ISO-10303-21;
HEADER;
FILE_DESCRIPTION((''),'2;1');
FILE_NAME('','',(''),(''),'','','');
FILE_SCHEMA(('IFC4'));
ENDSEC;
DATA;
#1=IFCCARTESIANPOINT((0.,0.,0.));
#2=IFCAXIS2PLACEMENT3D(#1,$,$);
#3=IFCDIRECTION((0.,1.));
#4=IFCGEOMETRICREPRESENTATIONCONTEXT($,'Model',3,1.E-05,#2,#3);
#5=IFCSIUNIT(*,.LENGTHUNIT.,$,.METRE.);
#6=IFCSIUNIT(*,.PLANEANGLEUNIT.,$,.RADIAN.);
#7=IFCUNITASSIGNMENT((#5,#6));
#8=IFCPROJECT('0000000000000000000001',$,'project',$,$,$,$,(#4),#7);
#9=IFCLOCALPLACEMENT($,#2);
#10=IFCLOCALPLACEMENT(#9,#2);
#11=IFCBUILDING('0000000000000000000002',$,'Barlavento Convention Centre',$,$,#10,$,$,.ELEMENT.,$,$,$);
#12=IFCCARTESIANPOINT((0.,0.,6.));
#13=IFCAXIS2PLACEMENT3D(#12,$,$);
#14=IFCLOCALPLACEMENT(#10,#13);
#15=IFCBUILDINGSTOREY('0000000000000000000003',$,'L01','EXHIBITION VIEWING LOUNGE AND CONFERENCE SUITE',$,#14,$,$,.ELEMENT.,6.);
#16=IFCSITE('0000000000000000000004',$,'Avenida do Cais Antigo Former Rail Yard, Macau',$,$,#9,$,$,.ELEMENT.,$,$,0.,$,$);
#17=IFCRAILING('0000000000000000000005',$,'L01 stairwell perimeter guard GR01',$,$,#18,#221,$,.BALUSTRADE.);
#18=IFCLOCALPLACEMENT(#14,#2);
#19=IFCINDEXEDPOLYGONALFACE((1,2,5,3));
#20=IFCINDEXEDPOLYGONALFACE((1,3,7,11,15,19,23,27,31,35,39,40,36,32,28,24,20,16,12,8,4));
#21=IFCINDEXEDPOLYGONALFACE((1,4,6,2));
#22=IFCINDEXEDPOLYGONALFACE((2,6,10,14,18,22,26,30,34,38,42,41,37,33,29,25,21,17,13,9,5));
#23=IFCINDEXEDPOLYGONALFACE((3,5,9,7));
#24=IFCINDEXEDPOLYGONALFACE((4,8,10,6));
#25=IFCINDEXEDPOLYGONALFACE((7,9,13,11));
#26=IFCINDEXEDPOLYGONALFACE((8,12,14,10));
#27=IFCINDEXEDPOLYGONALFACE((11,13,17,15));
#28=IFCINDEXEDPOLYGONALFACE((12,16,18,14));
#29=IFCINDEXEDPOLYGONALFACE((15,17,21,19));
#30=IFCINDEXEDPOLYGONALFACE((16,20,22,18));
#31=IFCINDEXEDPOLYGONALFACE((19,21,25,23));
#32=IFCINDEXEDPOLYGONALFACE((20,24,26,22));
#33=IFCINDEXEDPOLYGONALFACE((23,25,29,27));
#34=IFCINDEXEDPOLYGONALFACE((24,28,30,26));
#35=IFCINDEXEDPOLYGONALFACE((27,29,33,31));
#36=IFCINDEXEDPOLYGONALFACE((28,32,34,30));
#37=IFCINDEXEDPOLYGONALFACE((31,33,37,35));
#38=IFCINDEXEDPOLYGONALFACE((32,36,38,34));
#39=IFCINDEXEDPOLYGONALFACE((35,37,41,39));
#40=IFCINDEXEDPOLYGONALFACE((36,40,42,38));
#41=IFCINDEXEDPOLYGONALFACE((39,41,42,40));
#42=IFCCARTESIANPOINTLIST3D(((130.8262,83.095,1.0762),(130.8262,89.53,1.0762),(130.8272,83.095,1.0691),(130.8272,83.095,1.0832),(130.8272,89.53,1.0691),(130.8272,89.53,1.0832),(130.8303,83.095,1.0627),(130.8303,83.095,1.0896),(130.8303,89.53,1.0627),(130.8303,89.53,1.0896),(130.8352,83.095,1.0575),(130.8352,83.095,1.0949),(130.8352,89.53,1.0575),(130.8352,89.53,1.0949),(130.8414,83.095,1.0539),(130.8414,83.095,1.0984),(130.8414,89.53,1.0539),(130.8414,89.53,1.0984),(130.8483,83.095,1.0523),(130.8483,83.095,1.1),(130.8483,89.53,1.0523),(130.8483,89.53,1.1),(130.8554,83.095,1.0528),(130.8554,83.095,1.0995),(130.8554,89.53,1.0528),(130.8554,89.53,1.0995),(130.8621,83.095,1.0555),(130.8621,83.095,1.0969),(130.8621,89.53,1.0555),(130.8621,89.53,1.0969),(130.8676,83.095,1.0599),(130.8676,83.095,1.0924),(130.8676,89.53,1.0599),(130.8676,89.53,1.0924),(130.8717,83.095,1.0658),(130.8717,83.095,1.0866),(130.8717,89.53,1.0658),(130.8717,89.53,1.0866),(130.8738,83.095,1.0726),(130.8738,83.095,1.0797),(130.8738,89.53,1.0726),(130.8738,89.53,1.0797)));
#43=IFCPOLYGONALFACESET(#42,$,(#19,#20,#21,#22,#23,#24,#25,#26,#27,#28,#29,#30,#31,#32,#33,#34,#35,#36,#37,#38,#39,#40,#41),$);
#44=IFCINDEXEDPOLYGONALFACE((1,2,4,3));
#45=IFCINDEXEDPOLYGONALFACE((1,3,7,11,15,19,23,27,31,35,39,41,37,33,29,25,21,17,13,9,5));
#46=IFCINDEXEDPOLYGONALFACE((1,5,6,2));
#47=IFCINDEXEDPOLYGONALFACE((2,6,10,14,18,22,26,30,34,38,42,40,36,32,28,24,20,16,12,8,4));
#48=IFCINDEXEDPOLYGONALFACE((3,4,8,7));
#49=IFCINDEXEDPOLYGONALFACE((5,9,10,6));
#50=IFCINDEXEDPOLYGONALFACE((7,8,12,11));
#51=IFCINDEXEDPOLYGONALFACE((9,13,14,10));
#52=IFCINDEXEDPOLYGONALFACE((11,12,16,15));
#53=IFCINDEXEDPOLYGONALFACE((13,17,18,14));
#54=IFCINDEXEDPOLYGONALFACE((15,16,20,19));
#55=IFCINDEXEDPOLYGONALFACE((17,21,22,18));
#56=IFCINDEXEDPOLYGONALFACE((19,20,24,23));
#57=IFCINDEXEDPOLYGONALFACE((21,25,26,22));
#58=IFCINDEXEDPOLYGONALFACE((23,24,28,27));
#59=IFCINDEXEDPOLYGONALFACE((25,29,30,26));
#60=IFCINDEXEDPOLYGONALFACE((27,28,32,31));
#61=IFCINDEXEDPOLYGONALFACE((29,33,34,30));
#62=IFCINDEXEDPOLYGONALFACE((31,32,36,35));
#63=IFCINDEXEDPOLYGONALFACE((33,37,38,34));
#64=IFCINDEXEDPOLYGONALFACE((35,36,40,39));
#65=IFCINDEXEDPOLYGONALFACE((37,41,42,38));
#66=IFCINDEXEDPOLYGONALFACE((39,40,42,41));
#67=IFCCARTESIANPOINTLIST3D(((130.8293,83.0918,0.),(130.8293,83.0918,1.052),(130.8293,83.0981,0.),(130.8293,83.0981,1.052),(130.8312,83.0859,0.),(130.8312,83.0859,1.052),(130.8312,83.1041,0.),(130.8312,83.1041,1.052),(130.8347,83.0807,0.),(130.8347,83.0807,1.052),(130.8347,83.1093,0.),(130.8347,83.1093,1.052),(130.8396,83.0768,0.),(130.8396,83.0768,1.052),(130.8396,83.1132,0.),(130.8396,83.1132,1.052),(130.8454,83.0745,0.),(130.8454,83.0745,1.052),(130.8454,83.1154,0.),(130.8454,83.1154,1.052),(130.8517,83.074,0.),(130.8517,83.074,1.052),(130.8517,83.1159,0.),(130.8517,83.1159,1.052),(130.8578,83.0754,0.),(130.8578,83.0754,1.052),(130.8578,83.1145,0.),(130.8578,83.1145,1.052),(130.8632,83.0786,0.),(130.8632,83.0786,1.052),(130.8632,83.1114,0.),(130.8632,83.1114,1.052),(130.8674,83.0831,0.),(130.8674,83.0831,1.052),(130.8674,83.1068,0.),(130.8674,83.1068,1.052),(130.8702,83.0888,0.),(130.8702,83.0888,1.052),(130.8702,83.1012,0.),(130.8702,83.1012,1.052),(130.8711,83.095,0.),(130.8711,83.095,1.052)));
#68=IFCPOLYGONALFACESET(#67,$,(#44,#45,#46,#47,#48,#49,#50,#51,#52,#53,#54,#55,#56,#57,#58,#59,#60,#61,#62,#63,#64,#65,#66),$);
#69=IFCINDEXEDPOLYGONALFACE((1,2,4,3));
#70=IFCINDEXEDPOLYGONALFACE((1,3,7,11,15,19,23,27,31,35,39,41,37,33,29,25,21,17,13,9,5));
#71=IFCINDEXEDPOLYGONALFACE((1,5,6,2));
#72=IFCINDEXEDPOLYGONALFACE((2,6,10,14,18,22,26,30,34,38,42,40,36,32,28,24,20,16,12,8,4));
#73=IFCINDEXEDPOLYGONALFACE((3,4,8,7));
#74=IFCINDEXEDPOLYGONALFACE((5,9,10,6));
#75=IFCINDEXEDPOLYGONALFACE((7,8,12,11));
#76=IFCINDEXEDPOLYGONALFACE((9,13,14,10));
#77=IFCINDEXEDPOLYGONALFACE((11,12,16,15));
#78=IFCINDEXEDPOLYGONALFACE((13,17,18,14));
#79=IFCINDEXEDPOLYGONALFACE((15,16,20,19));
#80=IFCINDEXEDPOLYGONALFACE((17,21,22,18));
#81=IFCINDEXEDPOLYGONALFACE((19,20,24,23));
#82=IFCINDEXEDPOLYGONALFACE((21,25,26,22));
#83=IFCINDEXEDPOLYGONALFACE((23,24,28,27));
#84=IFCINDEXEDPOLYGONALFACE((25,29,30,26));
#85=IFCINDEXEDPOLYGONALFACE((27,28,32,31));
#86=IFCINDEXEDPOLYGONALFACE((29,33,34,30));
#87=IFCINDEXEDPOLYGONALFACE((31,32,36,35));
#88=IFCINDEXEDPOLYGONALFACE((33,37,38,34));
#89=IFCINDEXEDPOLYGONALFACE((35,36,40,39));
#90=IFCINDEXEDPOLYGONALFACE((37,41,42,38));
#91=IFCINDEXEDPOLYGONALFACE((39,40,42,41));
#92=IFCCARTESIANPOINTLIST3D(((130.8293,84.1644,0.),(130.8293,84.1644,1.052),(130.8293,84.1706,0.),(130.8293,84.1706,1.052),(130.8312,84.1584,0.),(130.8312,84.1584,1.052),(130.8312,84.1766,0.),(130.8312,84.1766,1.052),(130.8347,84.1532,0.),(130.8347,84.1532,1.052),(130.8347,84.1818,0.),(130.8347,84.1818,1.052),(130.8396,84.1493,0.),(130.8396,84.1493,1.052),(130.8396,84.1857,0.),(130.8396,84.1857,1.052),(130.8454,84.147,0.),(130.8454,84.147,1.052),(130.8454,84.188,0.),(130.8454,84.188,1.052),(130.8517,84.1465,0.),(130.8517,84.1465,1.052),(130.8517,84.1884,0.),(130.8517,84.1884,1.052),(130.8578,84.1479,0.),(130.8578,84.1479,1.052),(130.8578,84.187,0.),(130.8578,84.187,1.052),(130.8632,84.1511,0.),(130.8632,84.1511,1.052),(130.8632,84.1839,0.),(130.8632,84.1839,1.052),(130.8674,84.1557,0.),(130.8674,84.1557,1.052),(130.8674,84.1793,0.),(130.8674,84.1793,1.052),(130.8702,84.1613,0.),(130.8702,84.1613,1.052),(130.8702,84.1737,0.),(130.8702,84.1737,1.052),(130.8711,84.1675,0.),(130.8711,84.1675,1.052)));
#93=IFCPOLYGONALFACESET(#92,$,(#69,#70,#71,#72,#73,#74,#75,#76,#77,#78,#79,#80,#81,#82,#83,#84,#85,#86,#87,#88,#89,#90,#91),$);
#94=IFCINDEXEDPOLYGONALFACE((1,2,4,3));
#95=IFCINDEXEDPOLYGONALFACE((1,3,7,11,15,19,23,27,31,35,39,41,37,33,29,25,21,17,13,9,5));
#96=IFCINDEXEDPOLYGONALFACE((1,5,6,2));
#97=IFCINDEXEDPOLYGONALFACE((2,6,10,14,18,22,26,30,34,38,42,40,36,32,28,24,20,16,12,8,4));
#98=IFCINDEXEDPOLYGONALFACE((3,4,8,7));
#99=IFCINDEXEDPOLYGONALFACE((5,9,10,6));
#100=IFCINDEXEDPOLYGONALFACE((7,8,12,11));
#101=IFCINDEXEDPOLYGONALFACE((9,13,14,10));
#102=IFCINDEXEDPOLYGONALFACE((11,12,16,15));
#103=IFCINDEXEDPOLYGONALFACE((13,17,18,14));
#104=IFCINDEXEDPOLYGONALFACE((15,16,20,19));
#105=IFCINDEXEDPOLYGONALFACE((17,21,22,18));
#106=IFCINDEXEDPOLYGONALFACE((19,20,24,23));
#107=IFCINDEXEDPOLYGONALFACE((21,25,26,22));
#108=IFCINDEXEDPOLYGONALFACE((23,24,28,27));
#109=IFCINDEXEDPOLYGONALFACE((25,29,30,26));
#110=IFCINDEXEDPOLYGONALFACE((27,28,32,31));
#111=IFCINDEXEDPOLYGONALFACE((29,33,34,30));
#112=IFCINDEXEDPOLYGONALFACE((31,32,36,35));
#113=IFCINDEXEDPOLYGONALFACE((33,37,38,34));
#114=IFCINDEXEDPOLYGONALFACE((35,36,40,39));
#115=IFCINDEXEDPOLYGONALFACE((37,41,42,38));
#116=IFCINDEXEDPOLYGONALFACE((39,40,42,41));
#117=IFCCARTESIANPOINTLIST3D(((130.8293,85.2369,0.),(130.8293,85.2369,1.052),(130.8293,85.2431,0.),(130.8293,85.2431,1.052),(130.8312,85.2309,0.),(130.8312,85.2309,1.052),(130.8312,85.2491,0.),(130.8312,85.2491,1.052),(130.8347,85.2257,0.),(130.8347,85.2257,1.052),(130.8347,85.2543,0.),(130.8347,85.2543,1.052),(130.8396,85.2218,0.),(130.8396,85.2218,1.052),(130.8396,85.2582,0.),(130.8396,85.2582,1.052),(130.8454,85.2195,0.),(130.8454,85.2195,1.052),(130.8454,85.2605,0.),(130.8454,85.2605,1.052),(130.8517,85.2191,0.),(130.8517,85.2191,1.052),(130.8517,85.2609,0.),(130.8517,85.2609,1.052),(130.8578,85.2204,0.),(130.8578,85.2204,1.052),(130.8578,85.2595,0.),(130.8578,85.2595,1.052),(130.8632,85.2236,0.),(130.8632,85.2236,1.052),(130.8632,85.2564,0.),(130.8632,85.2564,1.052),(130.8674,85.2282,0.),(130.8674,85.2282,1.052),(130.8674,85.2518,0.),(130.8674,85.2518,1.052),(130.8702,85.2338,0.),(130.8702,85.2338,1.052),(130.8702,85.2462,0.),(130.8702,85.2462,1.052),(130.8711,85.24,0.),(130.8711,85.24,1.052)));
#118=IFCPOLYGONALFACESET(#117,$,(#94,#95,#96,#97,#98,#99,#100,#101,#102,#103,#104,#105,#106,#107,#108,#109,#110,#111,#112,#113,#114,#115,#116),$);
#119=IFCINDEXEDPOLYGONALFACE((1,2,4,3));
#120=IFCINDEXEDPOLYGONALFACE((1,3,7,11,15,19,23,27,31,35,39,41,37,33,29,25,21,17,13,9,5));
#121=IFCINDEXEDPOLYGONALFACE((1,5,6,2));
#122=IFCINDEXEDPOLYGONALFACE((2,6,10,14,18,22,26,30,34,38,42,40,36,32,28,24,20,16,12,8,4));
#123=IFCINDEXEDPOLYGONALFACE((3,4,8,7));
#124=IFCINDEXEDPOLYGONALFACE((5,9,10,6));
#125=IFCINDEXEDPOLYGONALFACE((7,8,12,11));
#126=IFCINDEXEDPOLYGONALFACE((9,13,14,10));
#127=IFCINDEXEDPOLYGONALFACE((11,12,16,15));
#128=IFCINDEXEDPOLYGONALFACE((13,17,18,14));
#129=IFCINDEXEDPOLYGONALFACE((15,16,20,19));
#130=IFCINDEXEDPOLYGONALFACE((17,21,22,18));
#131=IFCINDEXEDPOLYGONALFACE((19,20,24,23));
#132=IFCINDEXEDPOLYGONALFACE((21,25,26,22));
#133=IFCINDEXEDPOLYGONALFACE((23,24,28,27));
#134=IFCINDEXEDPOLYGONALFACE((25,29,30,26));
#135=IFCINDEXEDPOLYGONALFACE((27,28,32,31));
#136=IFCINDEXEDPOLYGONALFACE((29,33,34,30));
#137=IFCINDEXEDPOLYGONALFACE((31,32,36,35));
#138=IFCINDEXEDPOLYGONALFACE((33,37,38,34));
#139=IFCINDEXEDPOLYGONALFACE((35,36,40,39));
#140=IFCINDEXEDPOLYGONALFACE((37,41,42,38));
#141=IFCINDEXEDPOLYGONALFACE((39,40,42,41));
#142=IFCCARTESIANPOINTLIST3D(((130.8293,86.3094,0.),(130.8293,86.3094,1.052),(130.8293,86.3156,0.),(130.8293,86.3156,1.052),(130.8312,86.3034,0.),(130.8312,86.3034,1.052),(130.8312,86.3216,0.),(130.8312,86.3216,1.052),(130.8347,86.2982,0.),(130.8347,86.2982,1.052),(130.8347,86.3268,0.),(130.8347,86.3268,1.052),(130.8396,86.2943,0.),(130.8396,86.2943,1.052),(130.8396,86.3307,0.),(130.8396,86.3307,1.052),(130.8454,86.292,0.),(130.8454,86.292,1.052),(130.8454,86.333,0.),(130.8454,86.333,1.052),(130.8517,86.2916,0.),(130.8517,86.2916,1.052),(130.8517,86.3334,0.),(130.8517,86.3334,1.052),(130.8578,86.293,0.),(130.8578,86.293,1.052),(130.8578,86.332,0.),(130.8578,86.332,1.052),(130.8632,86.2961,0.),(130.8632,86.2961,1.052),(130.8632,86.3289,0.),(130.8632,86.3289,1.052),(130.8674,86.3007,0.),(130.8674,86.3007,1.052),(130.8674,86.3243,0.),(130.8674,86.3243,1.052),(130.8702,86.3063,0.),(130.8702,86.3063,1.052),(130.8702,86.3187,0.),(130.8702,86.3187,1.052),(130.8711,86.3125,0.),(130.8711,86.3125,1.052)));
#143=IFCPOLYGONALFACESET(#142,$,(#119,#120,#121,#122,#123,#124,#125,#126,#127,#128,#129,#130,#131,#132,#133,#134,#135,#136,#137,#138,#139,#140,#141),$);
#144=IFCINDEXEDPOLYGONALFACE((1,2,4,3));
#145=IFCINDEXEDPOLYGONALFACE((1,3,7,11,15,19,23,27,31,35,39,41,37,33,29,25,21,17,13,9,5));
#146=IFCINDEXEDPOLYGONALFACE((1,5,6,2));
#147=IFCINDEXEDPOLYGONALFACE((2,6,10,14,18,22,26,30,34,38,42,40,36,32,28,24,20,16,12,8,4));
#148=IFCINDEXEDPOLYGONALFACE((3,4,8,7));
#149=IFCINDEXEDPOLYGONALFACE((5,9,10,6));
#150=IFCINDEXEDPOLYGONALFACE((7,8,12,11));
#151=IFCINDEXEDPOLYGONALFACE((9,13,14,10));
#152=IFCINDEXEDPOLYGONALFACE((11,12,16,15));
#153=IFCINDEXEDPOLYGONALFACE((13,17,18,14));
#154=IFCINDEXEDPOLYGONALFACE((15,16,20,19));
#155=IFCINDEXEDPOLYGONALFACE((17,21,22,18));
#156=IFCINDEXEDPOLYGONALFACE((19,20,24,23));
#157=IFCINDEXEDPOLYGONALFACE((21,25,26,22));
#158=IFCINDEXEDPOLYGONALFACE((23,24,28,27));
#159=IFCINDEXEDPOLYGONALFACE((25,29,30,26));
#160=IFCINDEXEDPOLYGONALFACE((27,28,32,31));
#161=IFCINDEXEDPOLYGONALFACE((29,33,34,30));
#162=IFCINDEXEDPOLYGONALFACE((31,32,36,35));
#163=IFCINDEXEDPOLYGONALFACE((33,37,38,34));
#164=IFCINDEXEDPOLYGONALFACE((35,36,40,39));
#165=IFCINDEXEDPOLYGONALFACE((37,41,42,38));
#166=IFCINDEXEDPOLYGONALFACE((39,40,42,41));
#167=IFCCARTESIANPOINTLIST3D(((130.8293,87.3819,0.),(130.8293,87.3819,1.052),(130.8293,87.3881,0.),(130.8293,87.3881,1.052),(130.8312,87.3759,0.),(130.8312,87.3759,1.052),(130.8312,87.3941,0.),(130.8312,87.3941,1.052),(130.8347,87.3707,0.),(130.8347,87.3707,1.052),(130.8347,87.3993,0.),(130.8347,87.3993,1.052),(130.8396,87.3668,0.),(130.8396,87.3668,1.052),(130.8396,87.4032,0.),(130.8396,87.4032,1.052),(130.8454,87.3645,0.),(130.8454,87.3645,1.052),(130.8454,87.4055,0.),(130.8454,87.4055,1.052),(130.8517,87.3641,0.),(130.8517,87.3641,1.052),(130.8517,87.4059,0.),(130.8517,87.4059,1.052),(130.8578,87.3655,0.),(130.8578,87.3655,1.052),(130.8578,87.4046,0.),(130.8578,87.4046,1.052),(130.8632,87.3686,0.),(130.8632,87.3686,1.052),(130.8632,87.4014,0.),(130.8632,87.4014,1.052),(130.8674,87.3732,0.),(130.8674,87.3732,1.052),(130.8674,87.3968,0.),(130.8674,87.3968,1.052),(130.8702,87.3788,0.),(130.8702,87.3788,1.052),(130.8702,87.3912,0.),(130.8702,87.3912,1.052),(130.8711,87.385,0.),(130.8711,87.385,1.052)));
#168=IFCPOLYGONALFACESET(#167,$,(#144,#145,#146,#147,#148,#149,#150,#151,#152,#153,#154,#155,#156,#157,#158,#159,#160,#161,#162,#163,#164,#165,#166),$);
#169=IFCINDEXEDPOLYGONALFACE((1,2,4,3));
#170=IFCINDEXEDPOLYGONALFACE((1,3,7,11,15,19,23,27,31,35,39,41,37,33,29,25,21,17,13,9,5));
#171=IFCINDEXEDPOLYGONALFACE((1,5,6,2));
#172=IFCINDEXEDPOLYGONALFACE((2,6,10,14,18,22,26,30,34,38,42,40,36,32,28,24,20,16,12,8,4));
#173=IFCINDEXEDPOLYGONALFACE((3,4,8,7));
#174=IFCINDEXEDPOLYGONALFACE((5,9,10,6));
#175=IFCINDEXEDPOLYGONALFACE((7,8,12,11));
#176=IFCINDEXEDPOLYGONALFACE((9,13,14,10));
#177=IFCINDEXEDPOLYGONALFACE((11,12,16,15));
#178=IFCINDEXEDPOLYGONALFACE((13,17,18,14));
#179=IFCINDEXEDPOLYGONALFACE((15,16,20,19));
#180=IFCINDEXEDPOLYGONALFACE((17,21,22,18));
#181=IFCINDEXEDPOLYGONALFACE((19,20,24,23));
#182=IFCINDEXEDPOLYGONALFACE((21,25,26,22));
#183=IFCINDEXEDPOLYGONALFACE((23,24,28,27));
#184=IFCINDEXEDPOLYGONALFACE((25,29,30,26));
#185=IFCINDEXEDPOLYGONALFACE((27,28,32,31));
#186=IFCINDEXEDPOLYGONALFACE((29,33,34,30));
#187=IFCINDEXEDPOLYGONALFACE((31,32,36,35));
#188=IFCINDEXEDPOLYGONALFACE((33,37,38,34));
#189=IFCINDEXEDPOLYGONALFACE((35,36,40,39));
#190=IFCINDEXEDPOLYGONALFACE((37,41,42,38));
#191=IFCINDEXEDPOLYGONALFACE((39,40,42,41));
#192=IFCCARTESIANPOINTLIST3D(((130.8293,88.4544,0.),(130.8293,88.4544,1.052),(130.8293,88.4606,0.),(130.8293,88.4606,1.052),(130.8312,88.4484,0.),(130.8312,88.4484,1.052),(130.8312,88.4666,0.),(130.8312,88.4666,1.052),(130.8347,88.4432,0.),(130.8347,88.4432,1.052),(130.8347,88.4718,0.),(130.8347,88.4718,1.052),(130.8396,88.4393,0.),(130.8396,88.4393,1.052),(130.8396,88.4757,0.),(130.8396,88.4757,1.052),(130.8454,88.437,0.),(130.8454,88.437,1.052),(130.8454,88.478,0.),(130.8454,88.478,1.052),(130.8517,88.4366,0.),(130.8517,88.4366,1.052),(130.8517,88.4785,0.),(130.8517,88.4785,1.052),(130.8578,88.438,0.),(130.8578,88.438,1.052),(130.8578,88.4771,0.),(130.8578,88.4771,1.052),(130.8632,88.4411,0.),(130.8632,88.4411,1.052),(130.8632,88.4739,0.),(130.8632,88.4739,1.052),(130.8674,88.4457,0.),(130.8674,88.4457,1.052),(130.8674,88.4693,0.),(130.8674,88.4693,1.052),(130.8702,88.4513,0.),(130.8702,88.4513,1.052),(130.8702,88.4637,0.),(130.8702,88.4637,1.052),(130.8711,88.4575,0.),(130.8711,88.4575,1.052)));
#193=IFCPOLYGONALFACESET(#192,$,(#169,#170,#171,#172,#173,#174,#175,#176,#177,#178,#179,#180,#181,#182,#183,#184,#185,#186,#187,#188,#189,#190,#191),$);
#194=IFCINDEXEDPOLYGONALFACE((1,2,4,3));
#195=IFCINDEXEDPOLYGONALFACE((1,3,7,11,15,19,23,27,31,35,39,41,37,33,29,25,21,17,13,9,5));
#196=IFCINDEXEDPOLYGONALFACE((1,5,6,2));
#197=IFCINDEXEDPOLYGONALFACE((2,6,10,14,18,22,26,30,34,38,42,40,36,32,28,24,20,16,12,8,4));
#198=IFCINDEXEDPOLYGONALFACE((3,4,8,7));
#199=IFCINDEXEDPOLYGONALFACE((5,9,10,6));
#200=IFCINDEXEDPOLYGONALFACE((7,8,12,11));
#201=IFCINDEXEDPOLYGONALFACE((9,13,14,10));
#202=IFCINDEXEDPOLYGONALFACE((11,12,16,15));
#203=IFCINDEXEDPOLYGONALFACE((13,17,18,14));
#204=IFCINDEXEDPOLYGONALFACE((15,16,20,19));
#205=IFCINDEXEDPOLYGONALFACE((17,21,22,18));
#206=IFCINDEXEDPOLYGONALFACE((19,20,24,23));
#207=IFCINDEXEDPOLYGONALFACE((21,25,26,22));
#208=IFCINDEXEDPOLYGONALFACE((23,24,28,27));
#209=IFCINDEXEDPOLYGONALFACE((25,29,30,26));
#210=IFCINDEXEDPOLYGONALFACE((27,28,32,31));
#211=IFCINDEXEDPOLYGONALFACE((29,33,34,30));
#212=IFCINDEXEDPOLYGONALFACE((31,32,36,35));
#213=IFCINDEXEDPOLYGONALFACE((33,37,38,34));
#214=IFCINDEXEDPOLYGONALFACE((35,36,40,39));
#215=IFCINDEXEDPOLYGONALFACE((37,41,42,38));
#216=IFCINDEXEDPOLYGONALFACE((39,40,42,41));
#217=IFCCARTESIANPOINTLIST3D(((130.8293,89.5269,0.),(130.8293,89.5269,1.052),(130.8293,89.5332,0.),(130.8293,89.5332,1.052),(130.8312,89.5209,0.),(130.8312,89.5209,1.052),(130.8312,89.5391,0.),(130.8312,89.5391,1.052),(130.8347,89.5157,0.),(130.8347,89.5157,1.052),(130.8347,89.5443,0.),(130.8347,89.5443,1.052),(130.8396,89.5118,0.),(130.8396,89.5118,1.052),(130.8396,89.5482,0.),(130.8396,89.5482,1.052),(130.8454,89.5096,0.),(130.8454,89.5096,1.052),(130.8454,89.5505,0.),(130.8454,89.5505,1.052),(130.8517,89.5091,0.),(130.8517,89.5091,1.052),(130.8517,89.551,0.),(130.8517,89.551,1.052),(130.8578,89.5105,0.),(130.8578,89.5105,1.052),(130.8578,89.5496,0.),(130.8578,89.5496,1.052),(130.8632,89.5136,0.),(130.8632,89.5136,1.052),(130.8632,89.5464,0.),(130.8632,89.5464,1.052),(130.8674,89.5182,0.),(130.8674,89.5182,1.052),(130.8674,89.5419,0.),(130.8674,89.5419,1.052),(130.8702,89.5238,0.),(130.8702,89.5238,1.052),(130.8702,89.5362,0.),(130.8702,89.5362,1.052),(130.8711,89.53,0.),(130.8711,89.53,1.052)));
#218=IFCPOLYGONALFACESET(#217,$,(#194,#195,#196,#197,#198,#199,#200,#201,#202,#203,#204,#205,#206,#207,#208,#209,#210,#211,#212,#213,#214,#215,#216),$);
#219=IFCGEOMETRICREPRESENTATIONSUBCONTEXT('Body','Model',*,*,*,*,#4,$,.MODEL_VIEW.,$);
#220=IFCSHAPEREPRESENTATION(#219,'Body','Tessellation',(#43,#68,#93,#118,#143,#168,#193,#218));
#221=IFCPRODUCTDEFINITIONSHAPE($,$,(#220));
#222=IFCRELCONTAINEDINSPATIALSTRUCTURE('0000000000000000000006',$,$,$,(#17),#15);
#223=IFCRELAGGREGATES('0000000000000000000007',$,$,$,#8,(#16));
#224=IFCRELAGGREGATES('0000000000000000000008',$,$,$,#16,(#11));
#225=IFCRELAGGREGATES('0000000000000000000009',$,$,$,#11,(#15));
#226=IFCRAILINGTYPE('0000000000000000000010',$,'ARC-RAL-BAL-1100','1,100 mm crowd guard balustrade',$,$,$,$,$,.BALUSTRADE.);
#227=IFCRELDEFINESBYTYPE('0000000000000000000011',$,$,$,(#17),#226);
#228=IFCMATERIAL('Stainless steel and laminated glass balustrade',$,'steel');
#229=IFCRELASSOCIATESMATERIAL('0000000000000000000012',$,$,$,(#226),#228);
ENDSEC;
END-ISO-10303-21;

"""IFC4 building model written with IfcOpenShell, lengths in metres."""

from ifc_helpers import new_model, si_unit, direction, frame, origin, origin_2d, place, context, subcontext, project, spatial, circle, extrude, material, type_object, element, save


model = new_model("IFC4")

# Units and contexts
model_context = context("Model", 3, precision=1e-05, world=origin(), true_north=direction((0.0, 1.0)))
body_context = subcontext(model_context, "Body", "Model", "MODEL_VIEW")
ifc_project = project(units=[si_unit("LENGTHUNIT", "METRE"), si_unit("PLANEANGLEUNIT", "RADIAN")], contexts=[model_context])

# Site, building, storey
site_placement = place(None, origin())
site = spatial("IfcSite", under=ifc_project, at=site_placement, Name="Avenida do Cais Antigo Former Rail Yard, Macau", CompositionType="ELEMENT", RefElevation=0.0)
building_placement = place(site_placement, origin())
building = spatial("IfcBuilding", under=site, at=building_placement, Name="Barlavento Convention Centre", CompositionType="ELEMENT")
storey_placement = place(building_placement, frame((0.0, 0.0, 6.0)))
storey = spatial("IfcBuildingStorey", under=building, at=storey_placement, Name="L01", Description="EXHIBITION VIEWING LOUNGE AND CONFERENCE SUITE", CompositionType="ELEMENT", Elevation=6.0)

# Railing
ifc_material_1 = material(Name="Stainless steel and laminated glass balustrade", Category="steel")
railing_type_1 = type_object("IfcRailingType", Name="ARC-RAL-BAL-1100", Description="1,100 mm crowd guard balustrade", PredefinedType="BALUSTRADE", material=ifc_material_1)
railing_1_placement = place(storey_placement, frame((130.8501, 83.095, 0.0)))
element("IfcRailing", 1, at=railing_1_placement, inside=storey, type_object=railing_type_1, Name="L01 stairwell perimeter guard GR01", PredefinedType="BALUSTRADE", context=body_context, shape_type="SweptSolid", body=[
    extrude(circle(Radius=0.0239, at=origin_2d()), frame((0.0, 0.0, 1.0762), z_axis=(0.0, 1.0, 0.0), x_axis=(-1.0, 0.0, 0.0)), (0.0, 0.0, 1.0), 6.4351),
    extrude(circle(Radius=0.021, at=origin_2d()), origin(), (0.0, 0.0, 1.0), 1.052),
    extrude(circle(Radius=0.021, at=origin_2d()), frame((0.0, 1.0725, 0.0)), (0.0, 0.0, 1.0), 1.052),
    extrude(circle(Radius=0.021, at=origin_2d()), frame((0.0, 2.145, 0.0)), (0.0, 0.0, 1.0), 1.052),
    extrude(circle(Radius=0.021, at=origin_2d()), frame((0.0, 3.2175, 0.0)), (0.0, 0.0, 1.0), 1.052),
    extrude(circle(Radius=0.021, at=origin_2d()), frame((0.0, 4.29, 0.0)), (0.0, 0.0, 1.0), 1.052),
    extrude(circle(Radius=0.021, at=origin_2d()), frame((0.0, 5.3625, 0.0)), (0.0, 0.0, 1.0), 1.052),
    extrude(circle(Radius=0.021, at=origin_2d()), frame((0.0, 6.4351, 0.0)), (0.0, 0.0, 1.0), 1.052),
])

save(model, "model.ifc")
